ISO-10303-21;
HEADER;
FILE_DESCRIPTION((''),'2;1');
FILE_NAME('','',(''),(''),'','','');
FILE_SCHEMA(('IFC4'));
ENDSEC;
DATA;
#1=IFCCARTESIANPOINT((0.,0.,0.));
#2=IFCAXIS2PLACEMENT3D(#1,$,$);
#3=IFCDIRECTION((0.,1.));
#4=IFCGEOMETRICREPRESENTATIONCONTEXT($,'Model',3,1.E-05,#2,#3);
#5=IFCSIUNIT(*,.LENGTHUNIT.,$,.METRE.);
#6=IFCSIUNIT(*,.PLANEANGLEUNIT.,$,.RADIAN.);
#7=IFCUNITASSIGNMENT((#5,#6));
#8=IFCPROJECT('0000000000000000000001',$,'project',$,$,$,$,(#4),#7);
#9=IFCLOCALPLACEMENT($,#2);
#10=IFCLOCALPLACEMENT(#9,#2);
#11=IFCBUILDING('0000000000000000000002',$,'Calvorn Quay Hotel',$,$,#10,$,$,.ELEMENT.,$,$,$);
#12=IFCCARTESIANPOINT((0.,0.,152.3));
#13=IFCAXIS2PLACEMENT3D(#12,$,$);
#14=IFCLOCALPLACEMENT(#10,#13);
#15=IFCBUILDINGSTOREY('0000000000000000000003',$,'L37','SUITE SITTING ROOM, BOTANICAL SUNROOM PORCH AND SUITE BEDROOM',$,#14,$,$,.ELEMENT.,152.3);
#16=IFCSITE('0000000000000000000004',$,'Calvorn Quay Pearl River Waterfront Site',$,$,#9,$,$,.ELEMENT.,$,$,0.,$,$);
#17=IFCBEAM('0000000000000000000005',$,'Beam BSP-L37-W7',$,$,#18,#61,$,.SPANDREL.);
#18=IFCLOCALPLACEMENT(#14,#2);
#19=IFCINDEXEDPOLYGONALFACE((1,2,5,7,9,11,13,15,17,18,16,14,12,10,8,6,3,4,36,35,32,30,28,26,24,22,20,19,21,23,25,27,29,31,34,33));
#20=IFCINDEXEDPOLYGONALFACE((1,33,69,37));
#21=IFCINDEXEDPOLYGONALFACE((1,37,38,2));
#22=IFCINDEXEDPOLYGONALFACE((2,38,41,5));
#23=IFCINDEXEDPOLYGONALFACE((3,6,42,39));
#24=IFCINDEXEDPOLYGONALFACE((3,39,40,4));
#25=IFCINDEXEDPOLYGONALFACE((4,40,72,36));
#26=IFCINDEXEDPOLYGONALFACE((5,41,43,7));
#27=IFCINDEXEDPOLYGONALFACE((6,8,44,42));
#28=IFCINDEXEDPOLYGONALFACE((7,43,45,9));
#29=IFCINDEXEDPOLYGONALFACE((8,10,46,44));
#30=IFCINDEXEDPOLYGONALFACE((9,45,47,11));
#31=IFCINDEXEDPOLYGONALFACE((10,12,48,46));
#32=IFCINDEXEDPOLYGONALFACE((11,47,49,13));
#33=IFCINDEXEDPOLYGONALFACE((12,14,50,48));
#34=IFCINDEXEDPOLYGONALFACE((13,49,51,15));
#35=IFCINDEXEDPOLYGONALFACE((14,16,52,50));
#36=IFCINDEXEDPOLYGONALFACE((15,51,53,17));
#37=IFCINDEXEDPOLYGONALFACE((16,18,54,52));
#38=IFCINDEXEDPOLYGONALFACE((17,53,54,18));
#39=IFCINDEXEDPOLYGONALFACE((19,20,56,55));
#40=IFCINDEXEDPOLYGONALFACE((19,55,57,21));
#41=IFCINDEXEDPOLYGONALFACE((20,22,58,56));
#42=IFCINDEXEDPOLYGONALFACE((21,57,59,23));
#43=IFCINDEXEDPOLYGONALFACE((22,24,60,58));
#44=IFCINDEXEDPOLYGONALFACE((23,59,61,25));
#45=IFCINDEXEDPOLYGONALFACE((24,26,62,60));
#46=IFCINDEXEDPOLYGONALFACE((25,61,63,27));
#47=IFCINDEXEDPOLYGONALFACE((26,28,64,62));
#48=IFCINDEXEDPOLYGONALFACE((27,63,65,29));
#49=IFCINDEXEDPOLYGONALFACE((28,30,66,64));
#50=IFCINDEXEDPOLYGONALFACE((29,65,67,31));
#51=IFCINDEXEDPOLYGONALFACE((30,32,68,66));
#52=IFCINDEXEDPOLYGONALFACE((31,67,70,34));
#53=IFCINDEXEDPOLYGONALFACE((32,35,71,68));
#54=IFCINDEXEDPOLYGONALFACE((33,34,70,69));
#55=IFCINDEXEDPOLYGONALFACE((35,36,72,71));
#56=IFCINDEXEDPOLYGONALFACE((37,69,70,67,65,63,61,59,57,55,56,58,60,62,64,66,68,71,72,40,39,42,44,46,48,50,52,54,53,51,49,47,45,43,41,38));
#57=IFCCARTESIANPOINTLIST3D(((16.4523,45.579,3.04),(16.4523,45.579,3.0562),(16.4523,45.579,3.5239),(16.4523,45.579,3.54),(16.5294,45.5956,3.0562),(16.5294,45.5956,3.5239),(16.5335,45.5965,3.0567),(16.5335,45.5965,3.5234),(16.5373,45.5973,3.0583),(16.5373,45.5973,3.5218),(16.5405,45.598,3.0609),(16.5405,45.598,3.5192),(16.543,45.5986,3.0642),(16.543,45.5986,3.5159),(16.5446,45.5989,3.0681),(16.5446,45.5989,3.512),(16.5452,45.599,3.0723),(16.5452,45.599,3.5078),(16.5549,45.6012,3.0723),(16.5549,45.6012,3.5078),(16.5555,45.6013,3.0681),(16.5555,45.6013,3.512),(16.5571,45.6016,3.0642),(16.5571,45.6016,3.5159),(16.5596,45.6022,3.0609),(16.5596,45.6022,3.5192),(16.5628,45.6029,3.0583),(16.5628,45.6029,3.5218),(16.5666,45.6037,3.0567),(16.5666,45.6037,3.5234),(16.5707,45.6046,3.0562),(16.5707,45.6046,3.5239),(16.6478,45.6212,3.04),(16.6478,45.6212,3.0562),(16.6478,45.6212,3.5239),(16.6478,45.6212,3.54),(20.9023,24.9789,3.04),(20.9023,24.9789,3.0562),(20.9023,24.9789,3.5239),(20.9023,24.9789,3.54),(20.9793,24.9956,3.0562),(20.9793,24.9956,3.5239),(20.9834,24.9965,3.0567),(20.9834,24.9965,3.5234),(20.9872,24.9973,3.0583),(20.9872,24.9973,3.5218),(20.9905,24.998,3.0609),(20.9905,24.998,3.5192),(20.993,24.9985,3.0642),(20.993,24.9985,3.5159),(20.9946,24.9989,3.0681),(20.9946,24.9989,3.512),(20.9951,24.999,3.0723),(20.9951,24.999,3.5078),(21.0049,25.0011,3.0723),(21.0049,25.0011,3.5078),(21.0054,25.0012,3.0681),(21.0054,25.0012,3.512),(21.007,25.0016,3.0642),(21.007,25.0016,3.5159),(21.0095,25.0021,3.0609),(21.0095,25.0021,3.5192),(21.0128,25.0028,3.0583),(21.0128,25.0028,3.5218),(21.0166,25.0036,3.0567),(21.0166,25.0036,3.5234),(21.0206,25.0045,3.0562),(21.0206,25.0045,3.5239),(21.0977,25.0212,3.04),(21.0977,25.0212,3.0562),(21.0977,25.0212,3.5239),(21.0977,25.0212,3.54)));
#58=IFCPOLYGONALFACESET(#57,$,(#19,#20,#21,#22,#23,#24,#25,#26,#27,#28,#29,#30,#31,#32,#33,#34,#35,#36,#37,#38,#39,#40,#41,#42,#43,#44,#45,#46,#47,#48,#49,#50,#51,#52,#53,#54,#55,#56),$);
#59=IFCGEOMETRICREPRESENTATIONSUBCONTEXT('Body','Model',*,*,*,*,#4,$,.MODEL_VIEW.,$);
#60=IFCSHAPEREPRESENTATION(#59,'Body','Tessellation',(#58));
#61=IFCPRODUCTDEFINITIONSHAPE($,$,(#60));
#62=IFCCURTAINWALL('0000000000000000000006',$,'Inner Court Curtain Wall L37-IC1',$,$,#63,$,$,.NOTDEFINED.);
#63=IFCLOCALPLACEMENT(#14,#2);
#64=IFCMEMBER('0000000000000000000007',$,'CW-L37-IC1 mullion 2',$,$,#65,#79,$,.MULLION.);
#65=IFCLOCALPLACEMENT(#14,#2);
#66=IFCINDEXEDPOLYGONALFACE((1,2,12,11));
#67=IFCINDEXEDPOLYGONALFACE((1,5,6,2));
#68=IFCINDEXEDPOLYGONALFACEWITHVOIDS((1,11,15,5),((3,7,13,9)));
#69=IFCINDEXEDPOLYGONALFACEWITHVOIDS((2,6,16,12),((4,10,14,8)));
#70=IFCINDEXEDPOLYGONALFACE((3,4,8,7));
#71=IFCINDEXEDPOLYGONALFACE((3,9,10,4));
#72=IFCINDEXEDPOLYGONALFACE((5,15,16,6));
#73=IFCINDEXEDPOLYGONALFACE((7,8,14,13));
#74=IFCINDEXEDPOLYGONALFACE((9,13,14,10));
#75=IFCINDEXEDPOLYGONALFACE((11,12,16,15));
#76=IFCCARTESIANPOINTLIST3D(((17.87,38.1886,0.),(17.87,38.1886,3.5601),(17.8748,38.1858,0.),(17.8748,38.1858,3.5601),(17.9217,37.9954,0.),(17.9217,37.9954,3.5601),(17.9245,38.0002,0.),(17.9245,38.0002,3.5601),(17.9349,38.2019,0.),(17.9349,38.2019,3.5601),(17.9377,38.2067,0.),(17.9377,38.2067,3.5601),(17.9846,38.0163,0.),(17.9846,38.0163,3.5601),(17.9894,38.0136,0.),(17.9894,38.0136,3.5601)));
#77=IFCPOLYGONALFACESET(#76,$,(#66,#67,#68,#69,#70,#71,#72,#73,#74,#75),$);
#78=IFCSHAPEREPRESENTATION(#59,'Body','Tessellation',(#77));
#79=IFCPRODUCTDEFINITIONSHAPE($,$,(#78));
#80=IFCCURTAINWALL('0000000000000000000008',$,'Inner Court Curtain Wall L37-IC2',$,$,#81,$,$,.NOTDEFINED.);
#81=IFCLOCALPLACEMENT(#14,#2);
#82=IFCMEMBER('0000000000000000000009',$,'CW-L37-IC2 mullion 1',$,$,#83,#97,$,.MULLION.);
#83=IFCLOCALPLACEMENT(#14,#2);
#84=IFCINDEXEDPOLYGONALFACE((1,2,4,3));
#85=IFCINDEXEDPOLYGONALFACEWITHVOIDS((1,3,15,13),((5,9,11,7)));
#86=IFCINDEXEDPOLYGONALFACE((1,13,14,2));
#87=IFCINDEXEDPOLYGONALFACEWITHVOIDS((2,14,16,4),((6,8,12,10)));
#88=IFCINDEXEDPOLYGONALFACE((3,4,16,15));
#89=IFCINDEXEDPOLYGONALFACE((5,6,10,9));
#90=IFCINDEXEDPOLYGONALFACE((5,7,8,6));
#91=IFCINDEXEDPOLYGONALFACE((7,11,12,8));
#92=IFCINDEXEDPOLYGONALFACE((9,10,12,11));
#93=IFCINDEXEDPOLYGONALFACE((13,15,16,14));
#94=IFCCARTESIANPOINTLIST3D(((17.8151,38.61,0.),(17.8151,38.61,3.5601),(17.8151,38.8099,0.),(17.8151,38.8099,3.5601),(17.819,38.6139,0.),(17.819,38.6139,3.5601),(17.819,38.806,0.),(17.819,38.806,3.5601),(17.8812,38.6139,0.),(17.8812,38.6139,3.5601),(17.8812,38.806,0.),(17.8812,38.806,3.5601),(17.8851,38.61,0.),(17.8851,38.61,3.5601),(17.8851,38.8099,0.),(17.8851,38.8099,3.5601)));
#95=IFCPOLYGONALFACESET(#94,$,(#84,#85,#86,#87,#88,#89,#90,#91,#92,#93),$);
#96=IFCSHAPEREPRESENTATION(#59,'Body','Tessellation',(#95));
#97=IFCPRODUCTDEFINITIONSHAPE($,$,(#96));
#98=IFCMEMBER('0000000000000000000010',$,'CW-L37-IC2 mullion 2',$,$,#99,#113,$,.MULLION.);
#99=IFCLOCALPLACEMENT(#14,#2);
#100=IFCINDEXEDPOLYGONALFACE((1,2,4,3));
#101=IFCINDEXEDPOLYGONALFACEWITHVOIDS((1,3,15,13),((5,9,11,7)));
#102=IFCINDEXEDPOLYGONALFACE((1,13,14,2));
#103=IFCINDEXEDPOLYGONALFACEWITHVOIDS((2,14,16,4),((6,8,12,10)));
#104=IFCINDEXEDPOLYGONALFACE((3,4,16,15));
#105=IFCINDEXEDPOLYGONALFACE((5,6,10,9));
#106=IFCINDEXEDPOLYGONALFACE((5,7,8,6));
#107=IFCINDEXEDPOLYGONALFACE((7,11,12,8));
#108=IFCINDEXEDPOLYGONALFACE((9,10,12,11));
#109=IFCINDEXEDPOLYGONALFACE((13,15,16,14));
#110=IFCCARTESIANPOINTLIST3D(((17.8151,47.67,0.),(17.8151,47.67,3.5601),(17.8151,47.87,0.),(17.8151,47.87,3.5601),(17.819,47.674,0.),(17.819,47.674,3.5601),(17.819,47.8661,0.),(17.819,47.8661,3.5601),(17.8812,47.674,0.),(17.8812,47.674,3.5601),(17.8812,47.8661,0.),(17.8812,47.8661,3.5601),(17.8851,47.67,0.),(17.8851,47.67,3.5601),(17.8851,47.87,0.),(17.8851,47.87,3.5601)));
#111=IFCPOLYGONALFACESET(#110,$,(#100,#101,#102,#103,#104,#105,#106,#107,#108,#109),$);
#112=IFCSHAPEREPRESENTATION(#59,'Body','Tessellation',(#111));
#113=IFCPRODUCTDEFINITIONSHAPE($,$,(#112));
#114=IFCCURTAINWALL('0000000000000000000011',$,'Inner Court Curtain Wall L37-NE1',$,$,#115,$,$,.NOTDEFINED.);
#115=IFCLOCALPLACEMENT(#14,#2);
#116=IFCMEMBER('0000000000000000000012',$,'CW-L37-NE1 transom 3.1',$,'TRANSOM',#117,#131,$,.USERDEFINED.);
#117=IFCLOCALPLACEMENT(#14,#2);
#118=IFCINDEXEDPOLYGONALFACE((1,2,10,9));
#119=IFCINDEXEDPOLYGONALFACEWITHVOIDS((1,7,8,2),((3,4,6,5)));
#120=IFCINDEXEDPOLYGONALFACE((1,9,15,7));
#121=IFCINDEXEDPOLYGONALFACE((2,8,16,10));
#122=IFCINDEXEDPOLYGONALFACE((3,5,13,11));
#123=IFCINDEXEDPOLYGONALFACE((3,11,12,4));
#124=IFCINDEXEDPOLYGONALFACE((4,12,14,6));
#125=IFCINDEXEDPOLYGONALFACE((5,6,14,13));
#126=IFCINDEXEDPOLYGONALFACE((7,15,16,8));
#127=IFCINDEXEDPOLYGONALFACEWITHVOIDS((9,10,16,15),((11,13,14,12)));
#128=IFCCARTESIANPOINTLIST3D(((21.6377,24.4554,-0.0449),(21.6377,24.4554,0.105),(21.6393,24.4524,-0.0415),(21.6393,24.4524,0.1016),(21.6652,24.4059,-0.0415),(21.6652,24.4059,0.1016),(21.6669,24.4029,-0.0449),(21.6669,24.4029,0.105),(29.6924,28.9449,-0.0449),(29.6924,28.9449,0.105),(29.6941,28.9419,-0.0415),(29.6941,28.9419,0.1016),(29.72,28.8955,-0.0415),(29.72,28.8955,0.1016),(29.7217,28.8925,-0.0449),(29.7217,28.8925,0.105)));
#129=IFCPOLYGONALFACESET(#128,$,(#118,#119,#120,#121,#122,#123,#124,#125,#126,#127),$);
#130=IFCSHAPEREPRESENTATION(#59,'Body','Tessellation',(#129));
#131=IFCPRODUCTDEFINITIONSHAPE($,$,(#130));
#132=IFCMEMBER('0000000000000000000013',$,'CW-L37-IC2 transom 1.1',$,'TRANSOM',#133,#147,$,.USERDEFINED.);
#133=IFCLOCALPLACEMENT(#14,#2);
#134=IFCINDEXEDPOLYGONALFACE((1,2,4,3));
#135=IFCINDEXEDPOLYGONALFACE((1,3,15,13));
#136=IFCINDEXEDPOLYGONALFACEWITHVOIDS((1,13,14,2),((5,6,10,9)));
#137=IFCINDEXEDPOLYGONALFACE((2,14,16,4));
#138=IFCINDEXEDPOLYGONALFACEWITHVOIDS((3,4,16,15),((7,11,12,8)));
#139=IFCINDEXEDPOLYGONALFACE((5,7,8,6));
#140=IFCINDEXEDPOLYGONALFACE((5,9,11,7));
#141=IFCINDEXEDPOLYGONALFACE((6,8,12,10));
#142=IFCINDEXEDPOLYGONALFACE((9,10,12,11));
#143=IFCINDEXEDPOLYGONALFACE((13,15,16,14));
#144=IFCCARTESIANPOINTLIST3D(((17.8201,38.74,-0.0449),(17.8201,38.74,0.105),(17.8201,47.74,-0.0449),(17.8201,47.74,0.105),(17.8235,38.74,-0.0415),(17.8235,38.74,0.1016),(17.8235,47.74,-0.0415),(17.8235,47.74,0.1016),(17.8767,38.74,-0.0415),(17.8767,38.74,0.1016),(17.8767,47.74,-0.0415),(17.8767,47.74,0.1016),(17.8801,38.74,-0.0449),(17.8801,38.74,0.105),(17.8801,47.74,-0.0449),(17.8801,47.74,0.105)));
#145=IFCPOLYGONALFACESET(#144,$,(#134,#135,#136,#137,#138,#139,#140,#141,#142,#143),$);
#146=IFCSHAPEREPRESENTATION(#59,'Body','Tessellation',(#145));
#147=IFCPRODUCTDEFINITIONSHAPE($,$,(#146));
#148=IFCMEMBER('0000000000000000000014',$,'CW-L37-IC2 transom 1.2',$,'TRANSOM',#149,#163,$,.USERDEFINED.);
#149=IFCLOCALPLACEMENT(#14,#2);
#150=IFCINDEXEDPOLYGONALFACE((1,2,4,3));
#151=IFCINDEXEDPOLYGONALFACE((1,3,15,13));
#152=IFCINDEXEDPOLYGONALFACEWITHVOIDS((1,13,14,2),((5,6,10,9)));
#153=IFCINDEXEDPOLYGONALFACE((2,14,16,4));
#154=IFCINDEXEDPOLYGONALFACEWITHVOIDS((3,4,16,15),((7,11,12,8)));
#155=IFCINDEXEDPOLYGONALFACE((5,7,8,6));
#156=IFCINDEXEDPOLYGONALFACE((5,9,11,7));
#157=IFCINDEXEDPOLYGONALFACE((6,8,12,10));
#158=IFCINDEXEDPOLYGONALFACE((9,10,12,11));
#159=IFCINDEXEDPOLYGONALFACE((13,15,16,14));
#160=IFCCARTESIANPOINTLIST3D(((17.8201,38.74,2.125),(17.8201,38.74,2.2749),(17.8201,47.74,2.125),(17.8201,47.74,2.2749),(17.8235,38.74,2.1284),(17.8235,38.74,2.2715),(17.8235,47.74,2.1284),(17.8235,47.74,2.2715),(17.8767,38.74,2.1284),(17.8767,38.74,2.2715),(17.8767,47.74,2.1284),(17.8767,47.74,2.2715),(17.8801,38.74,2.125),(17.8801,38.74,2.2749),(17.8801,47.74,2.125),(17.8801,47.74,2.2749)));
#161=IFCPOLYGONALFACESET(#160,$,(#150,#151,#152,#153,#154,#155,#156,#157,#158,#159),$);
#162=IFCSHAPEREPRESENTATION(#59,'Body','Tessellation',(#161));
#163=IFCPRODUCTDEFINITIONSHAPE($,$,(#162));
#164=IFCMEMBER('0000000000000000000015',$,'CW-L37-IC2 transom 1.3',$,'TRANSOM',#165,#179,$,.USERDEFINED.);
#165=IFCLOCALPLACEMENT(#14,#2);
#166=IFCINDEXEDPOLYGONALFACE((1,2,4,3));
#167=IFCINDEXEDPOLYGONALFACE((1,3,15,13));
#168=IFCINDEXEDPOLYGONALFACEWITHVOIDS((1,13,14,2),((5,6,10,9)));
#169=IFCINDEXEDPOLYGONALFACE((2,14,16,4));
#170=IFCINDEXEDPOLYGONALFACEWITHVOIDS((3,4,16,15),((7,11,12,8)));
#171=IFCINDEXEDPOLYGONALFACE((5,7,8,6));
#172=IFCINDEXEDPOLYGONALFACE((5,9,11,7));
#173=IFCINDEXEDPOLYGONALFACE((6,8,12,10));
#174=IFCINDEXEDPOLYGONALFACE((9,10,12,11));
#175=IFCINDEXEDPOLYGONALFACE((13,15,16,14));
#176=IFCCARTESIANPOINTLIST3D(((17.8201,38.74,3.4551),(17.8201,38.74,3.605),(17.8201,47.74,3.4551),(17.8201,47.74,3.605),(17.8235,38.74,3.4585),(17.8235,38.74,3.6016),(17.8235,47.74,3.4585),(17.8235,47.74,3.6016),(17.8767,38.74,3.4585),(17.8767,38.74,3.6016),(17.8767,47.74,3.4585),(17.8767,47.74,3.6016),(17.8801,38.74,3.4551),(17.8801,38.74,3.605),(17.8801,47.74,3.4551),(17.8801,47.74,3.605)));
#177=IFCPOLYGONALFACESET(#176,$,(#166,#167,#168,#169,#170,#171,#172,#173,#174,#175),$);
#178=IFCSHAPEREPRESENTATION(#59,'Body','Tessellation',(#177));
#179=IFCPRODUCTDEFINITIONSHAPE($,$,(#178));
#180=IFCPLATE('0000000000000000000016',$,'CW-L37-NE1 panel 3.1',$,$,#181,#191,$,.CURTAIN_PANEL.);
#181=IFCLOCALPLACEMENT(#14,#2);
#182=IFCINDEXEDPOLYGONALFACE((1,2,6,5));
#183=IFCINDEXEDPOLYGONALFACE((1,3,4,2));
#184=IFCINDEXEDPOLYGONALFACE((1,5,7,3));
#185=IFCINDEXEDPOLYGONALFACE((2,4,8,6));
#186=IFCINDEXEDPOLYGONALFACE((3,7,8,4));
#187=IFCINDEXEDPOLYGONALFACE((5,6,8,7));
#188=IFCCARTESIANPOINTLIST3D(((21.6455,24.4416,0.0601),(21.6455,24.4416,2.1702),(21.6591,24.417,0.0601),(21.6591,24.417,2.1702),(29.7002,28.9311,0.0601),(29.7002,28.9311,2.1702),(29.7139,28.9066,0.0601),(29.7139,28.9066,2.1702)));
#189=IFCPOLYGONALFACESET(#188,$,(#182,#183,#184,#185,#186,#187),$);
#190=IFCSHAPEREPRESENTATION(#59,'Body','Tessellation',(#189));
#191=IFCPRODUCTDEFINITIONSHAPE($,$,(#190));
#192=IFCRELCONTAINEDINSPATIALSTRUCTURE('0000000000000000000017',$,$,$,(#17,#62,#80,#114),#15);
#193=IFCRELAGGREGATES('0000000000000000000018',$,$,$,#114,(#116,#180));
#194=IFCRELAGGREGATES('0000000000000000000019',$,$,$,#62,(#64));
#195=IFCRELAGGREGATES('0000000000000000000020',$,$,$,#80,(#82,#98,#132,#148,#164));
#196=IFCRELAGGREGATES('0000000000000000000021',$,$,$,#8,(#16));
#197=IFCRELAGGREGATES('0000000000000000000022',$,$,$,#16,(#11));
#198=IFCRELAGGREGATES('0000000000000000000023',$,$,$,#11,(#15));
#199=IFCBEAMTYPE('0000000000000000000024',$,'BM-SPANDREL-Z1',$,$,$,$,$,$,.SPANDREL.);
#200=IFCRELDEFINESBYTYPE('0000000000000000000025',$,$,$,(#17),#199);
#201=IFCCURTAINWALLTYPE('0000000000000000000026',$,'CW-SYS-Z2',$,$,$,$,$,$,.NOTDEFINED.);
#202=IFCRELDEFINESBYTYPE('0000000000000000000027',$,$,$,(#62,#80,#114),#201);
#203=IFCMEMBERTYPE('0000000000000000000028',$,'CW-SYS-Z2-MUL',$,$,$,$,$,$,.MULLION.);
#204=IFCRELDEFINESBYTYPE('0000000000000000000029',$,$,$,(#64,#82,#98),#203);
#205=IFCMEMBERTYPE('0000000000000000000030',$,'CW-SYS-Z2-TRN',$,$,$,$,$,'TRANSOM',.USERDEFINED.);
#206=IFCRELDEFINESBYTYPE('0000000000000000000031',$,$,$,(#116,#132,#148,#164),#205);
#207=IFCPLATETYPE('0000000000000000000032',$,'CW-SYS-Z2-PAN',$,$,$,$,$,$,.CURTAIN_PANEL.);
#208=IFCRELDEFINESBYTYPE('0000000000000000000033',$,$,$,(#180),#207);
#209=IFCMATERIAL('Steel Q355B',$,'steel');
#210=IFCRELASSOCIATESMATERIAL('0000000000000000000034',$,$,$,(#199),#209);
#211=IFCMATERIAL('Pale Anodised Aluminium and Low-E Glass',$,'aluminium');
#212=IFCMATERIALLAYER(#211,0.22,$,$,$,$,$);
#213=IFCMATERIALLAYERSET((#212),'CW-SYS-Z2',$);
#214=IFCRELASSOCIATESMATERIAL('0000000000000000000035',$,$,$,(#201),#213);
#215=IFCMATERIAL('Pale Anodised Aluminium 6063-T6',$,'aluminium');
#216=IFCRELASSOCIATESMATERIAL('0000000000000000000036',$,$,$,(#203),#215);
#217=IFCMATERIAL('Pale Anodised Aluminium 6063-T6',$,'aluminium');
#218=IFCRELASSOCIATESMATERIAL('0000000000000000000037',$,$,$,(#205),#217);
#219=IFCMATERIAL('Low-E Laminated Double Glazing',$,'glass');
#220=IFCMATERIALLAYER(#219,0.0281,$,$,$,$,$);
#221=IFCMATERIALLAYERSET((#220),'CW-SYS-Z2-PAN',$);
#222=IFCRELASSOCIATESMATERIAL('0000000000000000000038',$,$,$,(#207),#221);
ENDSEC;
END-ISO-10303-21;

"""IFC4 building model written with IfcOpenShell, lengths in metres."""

from ifc_helpers import new_model, si_unit, direction, frame, origin, origin_2d, place, context, subcontext, project, spatial, rectangle, hollow_rectangle, i_section, extrude, material, layer, layer_set, material_profile, profile_set, type_object, element, aggregate, save


model = new_model("IFC4")

# Units and contexts
model_context = context("Model", 3, precision=1e-05, world=origin(), true_north=direction((0.0, 1.0)))
body_context = subcontext(model_context, "Body", "Model", "MODEL_VIEW")
ifc_project = project(units=[si_unit("LENGTHUNIT", "METRE"), si_unit("PLANEANGLEUNIT", "RADIAN")], contexts=[model_context])

# Site, building, storey
site_placement = place(None, origin())
site = spatial("IfcSite", under=ifc_project, at=site_placement, Name="Calvorn Quay Pearl River Waterfront Site", CompositionType="ELEMENT", RefElevation=0.0)
building_placement = place(site_placement, origin())
building = spatial("IfcBuilding", under=site, at=building_placement, Name="Calvorn Quay Hotel", CompositionType="ELEMENT")
storey_placement = place(building_placement, frame((0.0, 0.0, 152.3)))
storey = spatial("IfcBuildingStorey", under=building, at=storey_placement, Name="L37", Description="SUITE SITTING ROOM, BOTANICAL SUNROOM PORCH AND SUITE BEDROOM", CompositionType="ELEMENT", Elevation=152.3)

# Beam
ifc_material_1 = material(Name="Steel Q355B", Category="steel")
ifc_material_profile_1 = material_profile(ifc_material_1, i_section(OverallWidth=0.2, OverallDepth=0.5, WebThickness=0.01, FlangeThickness=0.0161, FilletRadius=0.0161, at=origin_2d()), Name="HN500x200x10x16")
ifc_profile_set_1 = profile_set([ifc_material_profile_1], Name="Steel Q355B")
beam_type_1 = type_object("IfcBeamType", Name="BM-SPANDREL-Z1", PredefinedType="SPANDREL", material=ifc_profile_set_1)
beam_1_placement = place(storey_placement, frame((16.55, 45.6001, 3.29), z_axis=(0.211146, -0.977455, 0.0), x_axis=(0.977455, 0.211146, 0.0)))
element("IfcBeam", 1, at=beam_1_placement, inside=storey, type_object=beam_type_1, Name="Beam BSP-L37-W7", PredefinedType="SPANDREL", context=body_context, shape_type="SweptSolid", body=[
    extrude(i_section(OverallWidth=0.2, OverallDepth=0.5, WebThickness=0.01, FlangeThickness=0.0161, FilletRadius=0.0161, at=origin_2d()), origin(), (0.0, 0.0, 1.0), 21.0752),
])

# Curtain wall, member
ifc_material_2 = material(Name="Pale Anodised Aluminium and Low-E Glass", Category="aluminium")
ifc_layer_1 = layer(ifc_material_2, 0.22)
ifc_layer_set_1 = layer_set([ifc_layer_1], Name="CW-SYS-Z2")
curtain_wall_type = type_object("IfcCurtainWallType", Name="CW-SYS-Z2", PredefinedType="NOTDEFINED", material=ifc_layer_set_1)
curtain_wall_1_placement = place(storey_placement, origin())
curtain_wall_1 = element("IfcCurtainWall", 2, at=curtain_wall_1_placement, inside=storey, type_object=curtain_wall_type, Name="Inner Court Curtain Wall L37-IC1", PredefinedType="NOTDEFINED")
ifc_material_3 = material(Name="Pale Anodised Aluminium 6063-T6", Category="aluminium")
ifc_material_profile_2 = material_profile(ifc_material_3, hollow_rectangle(XDim=0.0701, YDim=0.2, WallThickness=0.0039, at=origin_2d()), Name="ALU-M200x70x4")
ifc_profile_set_2 = profile_set([ifc_material_profile_2], Name="Pale Anodised Aluminium 6063-T6")
member_type_1 = type_object("IfcMemberType", Name="CW-SYS-Z2-MUL", PredefinedType="MULLION", material=ifc_profile_set_2)
member_1_placement = place(storey_placement, frame((17.9297, 38.1011, 0.0), z_axis=(0.0, 0.0, 1.0), x_axis=(-0.965937, -0.258779, 0.0)))
member_1 = element("IfcMember", 3, at=member_1_placement, type_object=member_type_1, Name="CW-L37-IC1 mullion 2", PredefinedType="MULLION", context=body_context, shape_type="SweptSolid", body=[
    extrude(hollow_rectangle(XDim=0.0701, YDim=0.2, WallThickness=0.0039, at=origin_2d()), origin(), (0.0, 0.0, 1.0), 3.5601),
])

# Curtain wall, members
curtain_wall_2_placement = place(storey_placement, origin())
curtain_wall_2 = element("IfcCurtainWall", 4, at=curtain_wall_2_placement, inside=storey, type_object=curtain_wall_type, Name="Inner Court Curtain Wall L37-IC2", PredefinedType="NOTDEFINED")
member_2_placement = place(storey_placement, frame((17.8501, 38.71, 0.0), z_axis=(0.0, 0.0, 1.0), x_axis=(-1.0, 0.0, 0.0)))
member_2 = element("IfcMember", 5, at=member_2_placement, type_object=member_type_1, Name="CW-L37-IC2 mullion 1", PredefinedType="MULLION", context=body_context, shape_type="SweptSolid", body=[
    extrude(hollow_rectangle(XDim=0.0701, YDim=0.2, WallThickness=0.0039, at=origin_2d()), origin(), (0.0, 0.0, 1.0), 3.5601),
])
member_3_placement = place(storey_placement, frame((17.8501, 47.77, 0.0), z_axis=(0.0, 0.0, 1.0), x_axis=(-1.0, 0.0, 0.0)))
member_3 = element("IfcMember", 6, at=member_3_placement, type_object=member_type_1, Name="CW-L37-IC2 mullion 2", PredefinedType="MULLION", context=body_context, shape_type="SweptSolid", body=[
    extrude(hollow_rectangle(XDim=0.0701, YDim=0.2, WallThickness=0.0039, at=origin_2d()), origin(), (0.0, 0.0, 1.0), 3.5601),
])

# Curtain wall, member
curtain_wall_3_placement = place(storey_placement, origin())
curtain_wall_3 = element("IfcCurtainWall", 7, at=curtain_wall_3_placement, inside=storey, type_object=curtain_wall_type, Name="Inner Court Curtain Wall L37-NE1", PredefinedType="NOTDEFINED")
ifc_material_4 = material(Name="Pale Anodised Aluminium 6063-T6", Category="aluminium")
ifc_material_profile_3 = material_profile(ifc_material_4, hollow_rectangle(XDim=0.0601, YDim=0.1499, WallThickness=0.0034, at=origin_2d()), Name="ALU-T150x60x3.5")
ifc_profile_set_3 = profile_set([ifc_material_profile_3], Name="Pale Anodised Aluminium 6063-T6")
member_type_2 = type_object("IfcMemberType", Name="CW-SYS-Z2-TRN", ElementType="TRANSOM", PredefinedType="USERDEFINED", material=ifc_profile_set_3)
member_4_placement = place(storey_placement, frame((29.707, 28.9187, 0.03), z_axis=(-0.873481, -0.486859, 0.0), x_axis=(0.486859, -0.873481, 0.0)))
member_4 = element("IfcMember", 8, at=member_4_placement, type_object=member_type_2, Name="CW-L37-NE1 transom 3.1", ObjectType="TRANSOM", PredefinedType="USERDEFINED", context=body_context, shape_type="SweptSolid", body=[
    extrude(hollow_rectangle(XDim=0.0601, YDim=0.1499, WallThickness=0.0034, at=origin_2d()), origin(), (0.0, 0.0, 1.0), 9.2214),
])

# Members
member_5_placement = place(storey_placement, frame((17.8501, 38.74, 0.03), z_axis=(0.0, 1.0, 0.0), x_axis=(-1.0, 0.0, 0.0)))
member_5 = element("IfcMember", 9, at=member_5_placement, type_object=member_type_2, Name="CW-L37-IC2 transom 1.1", ObjectType="TRANSOM", PredefinedType="USERDEFINED", context=body_context, shape_type="SweptSolid", body=[
    extrude(hollow_rectangle(XDim=0.0601, YDim=0.1499, WallThickness=0.0034, at=origin_2d()), origin(), (0.0, 0.0, 1.0), 9.0),
])
member_6_placement = place(storey_placement, frame((17.8501, 38.74, 2.2), z_axis=(0.0, 1.0, 0.0), x_axis=(-1.0, 0.0, 0.0)))
member_6 = element("IfcMember", 10, at=member_6_placement, type_object=member_type_2, Name="CW-L37-IC2 transom 1.2", ObjectType="TRANSOM", PredefinedType="USERDEFINED", context=body_context, shape_type="SweptSolid", body=[
    extrude(hollow_rectangle(XDim=0.0601, YDim=0.1499, WallThickness=0.0034, at=origin_2d()), origin(), (0.0, 0.0, 1.0), 9.0),
])
member_7_placement = place(storey_placement, frame((17.8501, 38.74, 3.53), z_axis=(0.0, 1.0, 0.0), x_axis=(-1.0, 0.0, 0.0)))
member_7 = element("IfcMember", 11, at=member_7_placement, type_object=member_type_2, Name="CW-L37-IC2 transom 1.3", ObjectType="TRANSOM", PredefinedType="USERDEFINED", context=body_context, shape_type="SweptSolid", body=[
    extrude(hollow_rectangle(XDim=0.0601, YDim=0.1499, WallThickness=0.0034, at=origin_2d()), origin(), (0.0, 0.0, 1.0), 9.0),
])

# Plate
ifc_material_5 = material(Name="Low-E Laminated Double Glazing", Category="glass")
ifc_layer_2 = layer(ifc_material_5, 0.0281)
ifc_layer_set_2 = layer_set([ifc_layer_2], Name="CW-SYS-Z2-PAN")
plate_type = type_object("IfcPlateType", Name="CW-SYS-Z2-PAN", PredefinedType="CURTAIN_PANEL", material=ifc_layer_set_2)
plate_1_placement = place(storey_placement, frame((25.6797, 26.6741, 0.0601), z_axis=(0.0, 0.0, 1.0), x_axis=(-0.873481, -0.486858, 0.0)))
plate_1 = element("IfcPlate", 12, at=plate_1_placement, type_object=plate_type, Name="CW-L37-NE1 panel 3.1", PredefinedType="CURTAIN_PANEL", context=body_context, shape_type="SweptSolid", body=[
    extrude(rectangle(XDim=9.2214, YDim=0.0281, at=origin_2d()), origin(), (0.0, 0.0, 1.0), 2.1101),
])
aggregate(curtain_wall_3, [member_4, plate_1])
aggregate(curtain_wall_1, [member_1])
aggregate(curtain_wall_2, [member_2, member_3, member_5, member_6, member_7])

save(model, "model.ifc")
